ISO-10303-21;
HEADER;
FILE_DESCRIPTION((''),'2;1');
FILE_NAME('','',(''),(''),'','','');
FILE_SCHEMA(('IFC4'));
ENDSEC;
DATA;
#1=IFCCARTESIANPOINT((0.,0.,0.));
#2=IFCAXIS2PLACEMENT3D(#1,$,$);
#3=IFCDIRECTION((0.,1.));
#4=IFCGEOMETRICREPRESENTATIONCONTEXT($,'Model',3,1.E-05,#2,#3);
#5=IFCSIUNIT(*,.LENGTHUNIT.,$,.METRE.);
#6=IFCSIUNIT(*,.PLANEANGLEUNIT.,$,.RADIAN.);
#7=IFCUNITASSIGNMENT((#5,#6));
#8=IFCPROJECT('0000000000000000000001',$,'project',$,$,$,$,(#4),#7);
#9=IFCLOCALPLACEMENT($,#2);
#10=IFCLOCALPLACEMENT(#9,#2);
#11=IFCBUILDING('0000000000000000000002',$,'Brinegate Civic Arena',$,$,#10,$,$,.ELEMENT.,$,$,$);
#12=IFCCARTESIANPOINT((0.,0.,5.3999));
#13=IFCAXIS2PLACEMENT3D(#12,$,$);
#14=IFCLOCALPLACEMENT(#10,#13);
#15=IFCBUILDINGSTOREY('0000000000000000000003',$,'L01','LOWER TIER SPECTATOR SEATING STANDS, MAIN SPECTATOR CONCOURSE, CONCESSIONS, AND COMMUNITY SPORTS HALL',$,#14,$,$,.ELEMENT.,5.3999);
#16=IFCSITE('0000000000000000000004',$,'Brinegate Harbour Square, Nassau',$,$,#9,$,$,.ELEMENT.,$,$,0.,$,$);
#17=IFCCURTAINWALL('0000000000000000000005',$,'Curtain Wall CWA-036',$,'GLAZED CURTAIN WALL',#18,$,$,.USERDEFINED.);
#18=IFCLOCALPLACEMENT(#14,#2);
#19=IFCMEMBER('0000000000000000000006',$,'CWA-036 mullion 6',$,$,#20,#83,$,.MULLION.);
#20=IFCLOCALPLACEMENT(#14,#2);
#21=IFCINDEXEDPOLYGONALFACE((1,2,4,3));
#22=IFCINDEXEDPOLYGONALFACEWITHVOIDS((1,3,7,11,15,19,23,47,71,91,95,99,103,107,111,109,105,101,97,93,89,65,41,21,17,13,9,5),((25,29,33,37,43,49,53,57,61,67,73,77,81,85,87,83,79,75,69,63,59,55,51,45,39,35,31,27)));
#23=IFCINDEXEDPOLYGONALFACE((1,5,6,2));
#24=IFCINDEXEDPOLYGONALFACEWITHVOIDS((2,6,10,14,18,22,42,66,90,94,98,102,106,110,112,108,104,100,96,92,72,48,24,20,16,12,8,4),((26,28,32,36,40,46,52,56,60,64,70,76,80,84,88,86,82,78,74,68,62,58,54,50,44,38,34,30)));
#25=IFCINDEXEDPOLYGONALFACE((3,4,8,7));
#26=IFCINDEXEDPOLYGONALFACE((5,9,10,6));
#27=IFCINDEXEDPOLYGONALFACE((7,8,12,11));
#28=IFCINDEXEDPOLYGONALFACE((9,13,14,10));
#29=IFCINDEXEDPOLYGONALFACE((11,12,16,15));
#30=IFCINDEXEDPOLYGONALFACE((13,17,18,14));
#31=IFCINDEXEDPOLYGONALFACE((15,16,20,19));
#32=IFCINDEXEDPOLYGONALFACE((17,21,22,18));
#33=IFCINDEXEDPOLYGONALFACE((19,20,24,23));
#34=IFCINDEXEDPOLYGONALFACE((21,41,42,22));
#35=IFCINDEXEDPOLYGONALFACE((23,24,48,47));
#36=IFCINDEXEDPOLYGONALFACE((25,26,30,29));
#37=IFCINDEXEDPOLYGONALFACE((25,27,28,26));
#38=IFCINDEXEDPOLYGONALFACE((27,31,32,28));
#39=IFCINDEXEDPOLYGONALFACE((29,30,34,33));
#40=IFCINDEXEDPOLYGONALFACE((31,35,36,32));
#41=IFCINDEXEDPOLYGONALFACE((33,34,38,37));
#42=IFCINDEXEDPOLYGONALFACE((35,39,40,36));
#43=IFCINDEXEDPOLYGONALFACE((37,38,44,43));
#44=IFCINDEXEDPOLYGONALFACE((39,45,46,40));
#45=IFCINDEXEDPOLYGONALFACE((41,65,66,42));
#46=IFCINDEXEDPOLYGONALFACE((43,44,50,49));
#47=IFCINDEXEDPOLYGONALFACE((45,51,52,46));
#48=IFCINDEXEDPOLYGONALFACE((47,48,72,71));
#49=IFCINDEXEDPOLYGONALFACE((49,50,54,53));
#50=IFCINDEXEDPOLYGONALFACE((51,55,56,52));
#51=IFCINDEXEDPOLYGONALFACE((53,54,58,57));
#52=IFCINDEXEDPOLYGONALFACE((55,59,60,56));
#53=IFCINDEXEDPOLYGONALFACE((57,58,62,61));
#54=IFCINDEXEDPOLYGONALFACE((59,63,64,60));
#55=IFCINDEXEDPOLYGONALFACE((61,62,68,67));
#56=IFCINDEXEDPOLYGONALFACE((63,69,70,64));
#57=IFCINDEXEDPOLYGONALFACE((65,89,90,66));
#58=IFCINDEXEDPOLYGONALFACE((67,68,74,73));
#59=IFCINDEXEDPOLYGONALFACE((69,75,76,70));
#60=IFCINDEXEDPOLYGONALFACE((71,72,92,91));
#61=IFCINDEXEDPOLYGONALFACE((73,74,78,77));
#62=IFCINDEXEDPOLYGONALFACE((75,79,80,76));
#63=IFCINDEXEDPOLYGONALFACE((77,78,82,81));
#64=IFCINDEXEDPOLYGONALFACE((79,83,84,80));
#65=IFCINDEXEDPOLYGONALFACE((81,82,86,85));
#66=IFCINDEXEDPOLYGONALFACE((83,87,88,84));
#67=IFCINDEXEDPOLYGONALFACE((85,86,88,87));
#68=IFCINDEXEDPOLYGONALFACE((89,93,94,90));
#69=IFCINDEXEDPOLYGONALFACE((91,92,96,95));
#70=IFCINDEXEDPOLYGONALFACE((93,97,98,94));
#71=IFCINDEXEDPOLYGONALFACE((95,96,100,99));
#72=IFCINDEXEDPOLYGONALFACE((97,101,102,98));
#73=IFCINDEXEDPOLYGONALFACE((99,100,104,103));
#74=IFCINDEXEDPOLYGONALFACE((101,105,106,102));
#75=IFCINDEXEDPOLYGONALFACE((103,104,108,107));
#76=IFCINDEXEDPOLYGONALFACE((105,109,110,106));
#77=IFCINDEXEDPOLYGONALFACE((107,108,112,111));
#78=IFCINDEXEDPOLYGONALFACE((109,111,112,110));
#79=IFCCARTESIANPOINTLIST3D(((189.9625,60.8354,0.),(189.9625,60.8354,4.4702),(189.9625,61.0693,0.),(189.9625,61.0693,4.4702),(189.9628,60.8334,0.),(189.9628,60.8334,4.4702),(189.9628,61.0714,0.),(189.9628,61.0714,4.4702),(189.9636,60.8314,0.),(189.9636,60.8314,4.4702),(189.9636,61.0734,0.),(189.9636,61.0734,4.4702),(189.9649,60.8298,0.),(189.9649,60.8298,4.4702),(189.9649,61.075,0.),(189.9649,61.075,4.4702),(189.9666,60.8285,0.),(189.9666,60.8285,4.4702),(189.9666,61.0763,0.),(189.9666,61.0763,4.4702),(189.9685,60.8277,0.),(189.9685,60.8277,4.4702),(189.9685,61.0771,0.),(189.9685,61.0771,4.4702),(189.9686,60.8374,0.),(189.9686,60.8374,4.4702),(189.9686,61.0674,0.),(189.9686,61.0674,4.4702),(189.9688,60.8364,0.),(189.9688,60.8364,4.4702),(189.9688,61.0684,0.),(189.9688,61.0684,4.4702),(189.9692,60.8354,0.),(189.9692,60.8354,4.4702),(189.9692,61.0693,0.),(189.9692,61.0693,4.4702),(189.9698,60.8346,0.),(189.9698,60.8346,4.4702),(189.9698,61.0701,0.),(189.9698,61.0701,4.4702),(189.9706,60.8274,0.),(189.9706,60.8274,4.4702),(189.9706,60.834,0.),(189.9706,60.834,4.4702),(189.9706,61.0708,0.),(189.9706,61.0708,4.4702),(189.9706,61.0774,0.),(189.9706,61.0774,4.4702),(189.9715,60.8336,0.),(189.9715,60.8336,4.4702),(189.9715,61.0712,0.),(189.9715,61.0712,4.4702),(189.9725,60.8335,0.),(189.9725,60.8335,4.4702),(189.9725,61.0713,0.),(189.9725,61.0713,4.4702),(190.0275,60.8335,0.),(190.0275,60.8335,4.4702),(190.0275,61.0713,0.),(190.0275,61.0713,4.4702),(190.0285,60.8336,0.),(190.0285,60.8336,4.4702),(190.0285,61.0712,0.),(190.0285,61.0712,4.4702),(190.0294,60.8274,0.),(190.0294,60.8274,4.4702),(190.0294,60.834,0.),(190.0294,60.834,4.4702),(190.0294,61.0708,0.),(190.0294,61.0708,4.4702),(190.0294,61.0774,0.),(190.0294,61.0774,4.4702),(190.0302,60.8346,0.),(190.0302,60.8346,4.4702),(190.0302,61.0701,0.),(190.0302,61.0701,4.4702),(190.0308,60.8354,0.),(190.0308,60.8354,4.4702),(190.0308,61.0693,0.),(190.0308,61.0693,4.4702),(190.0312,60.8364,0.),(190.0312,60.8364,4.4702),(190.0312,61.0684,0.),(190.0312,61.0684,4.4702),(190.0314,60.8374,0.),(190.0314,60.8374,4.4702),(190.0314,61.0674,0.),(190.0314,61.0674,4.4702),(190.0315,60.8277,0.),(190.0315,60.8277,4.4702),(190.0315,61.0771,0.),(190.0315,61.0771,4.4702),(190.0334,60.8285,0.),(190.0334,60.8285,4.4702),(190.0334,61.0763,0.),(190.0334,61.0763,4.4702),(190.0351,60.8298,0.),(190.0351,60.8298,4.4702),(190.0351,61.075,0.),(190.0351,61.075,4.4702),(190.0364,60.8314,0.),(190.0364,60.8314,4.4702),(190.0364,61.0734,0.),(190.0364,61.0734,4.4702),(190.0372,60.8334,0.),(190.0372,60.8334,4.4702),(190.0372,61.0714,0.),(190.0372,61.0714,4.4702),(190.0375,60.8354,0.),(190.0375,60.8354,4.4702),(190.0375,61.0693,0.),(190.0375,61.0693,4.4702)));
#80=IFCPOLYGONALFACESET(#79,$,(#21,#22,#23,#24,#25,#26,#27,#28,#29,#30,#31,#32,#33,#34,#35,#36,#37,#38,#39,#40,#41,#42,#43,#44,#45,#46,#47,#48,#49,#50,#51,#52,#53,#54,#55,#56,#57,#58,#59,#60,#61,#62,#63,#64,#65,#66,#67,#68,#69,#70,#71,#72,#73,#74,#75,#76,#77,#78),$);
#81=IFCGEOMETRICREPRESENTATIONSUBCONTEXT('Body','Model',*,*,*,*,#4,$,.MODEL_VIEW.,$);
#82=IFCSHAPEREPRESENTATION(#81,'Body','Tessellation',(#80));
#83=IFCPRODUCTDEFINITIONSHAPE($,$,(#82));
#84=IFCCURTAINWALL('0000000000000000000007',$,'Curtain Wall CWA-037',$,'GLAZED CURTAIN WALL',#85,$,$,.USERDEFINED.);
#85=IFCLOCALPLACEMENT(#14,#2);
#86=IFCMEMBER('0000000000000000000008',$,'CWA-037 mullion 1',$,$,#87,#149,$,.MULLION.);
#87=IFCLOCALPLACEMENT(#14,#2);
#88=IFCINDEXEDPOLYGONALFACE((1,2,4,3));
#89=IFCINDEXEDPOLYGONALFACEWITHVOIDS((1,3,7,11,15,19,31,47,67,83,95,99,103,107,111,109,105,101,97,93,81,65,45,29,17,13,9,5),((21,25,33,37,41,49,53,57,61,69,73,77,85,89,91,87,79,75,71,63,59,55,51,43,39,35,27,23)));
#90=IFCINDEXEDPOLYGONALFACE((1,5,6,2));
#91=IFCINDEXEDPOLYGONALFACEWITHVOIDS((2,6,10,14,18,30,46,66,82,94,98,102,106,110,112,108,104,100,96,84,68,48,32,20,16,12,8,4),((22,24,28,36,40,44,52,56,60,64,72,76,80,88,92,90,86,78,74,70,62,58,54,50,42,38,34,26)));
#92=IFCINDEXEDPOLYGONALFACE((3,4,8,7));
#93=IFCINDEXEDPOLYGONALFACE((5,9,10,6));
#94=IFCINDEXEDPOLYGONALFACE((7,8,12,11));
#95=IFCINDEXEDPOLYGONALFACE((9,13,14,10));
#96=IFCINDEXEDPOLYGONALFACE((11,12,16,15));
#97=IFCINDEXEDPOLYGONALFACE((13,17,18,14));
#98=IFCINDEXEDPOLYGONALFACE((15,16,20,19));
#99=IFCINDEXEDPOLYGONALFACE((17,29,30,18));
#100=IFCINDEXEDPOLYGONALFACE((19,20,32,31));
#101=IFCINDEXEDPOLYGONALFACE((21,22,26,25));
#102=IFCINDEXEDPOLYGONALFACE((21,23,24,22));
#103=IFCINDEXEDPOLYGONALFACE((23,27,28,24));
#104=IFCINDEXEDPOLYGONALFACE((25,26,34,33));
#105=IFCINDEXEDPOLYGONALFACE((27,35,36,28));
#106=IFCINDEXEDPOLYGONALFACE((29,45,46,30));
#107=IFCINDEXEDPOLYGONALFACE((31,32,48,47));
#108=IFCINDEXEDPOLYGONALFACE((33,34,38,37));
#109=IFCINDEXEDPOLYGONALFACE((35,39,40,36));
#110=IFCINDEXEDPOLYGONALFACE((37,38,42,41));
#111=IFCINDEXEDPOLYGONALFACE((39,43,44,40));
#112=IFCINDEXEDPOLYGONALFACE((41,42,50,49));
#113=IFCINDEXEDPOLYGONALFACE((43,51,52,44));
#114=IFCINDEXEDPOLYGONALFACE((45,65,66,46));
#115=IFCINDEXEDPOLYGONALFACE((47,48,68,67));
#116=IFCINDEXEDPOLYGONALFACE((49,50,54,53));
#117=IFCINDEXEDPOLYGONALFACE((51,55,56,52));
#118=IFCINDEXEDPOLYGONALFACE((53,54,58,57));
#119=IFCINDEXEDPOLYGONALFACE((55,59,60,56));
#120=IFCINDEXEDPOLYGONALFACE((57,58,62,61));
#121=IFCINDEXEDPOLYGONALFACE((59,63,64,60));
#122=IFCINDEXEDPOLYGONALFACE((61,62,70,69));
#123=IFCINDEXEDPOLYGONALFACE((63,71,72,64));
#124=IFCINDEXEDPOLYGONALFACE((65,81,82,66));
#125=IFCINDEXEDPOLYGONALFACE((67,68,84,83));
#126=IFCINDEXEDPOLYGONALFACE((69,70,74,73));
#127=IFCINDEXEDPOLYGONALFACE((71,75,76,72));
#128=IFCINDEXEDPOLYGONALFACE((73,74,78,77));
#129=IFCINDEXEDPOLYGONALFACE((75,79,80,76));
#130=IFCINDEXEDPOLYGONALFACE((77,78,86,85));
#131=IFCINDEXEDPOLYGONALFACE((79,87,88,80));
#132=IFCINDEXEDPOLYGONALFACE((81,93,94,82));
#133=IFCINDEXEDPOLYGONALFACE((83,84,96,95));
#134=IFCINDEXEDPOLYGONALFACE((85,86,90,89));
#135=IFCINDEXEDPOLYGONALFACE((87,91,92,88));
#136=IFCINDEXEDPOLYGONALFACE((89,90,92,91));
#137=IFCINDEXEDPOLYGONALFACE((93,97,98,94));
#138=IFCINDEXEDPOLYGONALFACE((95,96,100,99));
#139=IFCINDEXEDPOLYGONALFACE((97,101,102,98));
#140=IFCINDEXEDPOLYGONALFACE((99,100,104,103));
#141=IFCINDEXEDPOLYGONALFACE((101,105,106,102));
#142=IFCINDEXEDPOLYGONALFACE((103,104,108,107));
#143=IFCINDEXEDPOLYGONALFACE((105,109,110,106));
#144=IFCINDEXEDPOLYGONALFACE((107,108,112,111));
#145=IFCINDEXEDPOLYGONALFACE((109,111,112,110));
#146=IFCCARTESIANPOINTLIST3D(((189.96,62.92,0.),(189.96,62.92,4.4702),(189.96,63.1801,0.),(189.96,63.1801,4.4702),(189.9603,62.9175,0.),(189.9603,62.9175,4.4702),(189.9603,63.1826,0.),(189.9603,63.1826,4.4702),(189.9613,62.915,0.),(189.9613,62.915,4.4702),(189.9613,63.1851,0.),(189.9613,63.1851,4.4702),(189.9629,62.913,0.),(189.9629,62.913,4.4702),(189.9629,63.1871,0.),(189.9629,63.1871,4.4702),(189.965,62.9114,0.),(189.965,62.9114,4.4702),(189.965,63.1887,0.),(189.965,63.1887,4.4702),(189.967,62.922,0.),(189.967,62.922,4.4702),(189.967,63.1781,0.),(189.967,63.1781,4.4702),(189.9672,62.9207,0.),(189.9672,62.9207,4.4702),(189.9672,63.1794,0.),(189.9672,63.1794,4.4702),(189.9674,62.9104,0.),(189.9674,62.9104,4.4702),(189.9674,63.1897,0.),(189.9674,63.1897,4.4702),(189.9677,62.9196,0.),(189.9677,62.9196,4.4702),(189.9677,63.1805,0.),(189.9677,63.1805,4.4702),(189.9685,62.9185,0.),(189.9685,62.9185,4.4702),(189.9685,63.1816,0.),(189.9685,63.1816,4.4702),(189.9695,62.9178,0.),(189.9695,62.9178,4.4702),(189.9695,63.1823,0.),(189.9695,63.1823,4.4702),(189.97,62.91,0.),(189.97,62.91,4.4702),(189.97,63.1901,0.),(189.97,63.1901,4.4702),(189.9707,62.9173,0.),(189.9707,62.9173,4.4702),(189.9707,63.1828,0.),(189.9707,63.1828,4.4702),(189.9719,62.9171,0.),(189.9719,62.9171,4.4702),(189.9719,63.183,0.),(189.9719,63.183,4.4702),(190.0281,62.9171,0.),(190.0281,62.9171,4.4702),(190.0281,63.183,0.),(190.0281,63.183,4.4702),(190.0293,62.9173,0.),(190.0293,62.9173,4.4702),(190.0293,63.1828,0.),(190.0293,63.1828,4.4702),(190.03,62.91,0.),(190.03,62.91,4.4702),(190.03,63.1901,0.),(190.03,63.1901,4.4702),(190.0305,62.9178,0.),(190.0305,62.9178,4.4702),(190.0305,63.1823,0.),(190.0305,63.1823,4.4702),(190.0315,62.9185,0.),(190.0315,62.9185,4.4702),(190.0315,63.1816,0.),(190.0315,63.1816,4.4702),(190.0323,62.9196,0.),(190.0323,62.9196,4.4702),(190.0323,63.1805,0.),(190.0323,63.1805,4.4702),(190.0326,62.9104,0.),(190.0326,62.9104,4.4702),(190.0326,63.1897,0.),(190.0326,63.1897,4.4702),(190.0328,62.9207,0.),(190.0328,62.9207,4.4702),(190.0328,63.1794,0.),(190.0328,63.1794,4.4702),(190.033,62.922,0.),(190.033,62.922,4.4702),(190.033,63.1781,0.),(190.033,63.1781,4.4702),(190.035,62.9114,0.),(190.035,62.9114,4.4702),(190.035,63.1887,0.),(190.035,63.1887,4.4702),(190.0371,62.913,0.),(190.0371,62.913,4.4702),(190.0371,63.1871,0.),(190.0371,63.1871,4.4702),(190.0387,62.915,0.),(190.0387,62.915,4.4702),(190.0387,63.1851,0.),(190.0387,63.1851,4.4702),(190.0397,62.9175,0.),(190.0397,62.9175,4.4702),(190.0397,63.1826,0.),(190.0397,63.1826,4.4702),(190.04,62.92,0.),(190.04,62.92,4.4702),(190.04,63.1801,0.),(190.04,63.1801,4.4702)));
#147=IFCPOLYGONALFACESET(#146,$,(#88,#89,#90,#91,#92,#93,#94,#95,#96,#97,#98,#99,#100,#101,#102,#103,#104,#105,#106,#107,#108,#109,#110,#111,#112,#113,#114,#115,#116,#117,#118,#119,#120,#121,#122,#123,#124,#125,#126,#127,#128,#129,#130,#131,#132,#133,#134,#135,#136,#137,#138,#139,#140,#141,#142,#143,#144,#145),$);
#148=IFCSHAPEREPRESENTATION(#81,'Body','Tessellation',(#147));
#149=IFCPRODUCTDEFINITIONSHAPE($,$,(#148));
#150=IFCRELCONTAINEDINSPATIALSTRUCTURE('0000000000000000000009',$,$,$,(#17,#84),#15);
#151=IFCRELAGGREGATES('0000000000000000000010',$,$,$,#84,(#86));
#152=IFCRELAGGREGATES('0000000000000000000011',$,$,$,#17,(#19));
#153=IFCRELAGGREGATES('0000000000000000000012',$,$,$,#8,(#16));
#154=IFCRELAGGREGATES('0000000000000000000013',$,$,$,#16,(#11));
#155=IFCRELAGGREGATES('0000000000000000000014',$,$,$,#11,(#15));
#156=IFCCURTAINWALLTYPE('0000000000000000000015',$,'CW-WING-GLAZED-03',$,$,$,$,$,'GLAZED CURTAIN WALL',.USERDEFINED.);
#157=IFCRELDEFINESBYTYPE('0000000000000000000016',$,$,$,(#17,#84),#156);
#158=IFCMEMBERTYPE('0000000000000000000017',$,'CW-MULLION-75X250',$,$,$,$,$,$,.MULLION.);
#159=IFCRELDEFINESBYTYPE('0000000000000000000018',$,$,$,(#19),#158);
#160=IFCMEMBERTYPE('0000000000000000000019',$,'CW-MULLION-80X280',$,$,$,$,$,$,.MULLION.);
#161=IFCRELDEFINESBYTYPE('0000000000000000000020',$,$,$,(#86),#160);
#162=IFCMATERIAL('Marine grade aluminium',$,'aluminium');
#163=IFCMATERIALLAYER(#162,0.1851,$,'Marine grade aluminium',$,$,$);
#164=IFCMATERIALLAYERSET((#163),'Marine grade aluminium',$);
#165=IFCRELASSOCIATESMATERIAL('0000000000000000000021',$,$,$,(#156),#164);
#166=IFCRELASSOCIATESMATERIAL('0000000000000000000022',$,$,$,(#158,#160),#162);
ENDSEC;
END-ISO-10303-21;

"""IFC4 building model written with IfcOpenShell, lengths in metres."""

from ifc_helpers import new_model, si_unit, direction, frame, origin, origin_2d, place, context, subcontext, project, spatial, hollow_rectangle, extrude, material, layer, layer_set, material_profile, profile_set, type_object, element, aggregate, save


model = new_model("IFC4")

# Units and contexts
model_context = context("Model", 3, precision=1e-05, world=origin(), true_north=direction((0.0, 1.0)))
body_context = subcontext(model_context, "Body", "Model", "MODEL_VIEW")
ifc_project = project(units=[si_unit("LENGTHUNIT", "METRE"), si_unit("PLANEANGLEUNIT", "RADIAN")], contexts=[model_context])

# Site, building, storey
site_placement = place(None, origin())
site = spatial("IfcSite", under=ifc_project, at=site_placement, Name="Brinegate Harbour Square, Nassau", CompositionType="ELEMENT", RefElevation=0.0)
building_placement = place(site_placement, origin())
building = spatial("IfcBuilding", under=site, at=building_placement, Name="Brinegate Civic Arena", CompositionType="ELEMENT")
storey_placement = place(building_placement, frame((0.0, 0.0, 5.3999)))
storey = spatial("IfcBuildingStorey", under=building, at=storey_placement, Name="L01", Description="LOWER TIER SPECTATOR SEATING STANDS, MAIN SPECTATOR CONCOURSE, CONCESSIONS, AND COMMUNITY SPORTS HALL", CompositionType="ELEMENT", Elevation=5.3999)

# Curtain wall, member
ifc_material_1 = material(Name="Marine grade aluminium", Category="aluminium")
ifc_layer_1 = layer(ifc_material_1, 0.1851, Name="Marine grade aluminium")
ifc_layer_set_1 = layer_set([ifc_layer_1], Name="Marine grade aluminium")
curtain_wall_type = type_object("IfcCurtainWallType", Name="CW-WING-GLAZED-03", ElementType="GLAZED CURTAIN WALL", PredefinedType="USERDEFINED", material=ifc_layer_set_1)
curtain_wall_1_placement = place(storey_placement, origin())
curtain_wall_1 = element("IfcCurtainWall", 1, at=curtain_wall_1_placement, inside=storey, type_object=curtain_wall_type, Name="Curtain Wall CWA-036", ObjectType="GLAZED CURTAIN WALL", PredefinedType="USERDEFINED")
ifc_material_profile_1 = material_profile(ifc_material_1, hollow_rectangle(XDim=0.075, YDim=0.25, WallThickness=0.0061, InnerFilletRadius=0.0039, OuterFilletRadius=0.0081, at=origin_2d()), Name="MUL75X250")
ifc_profile_set_1 = profile_set([ifc_material_profile_1], Name="Marine grade aluminium")
member_type_1 = type_object("IfcMemberType", Name="CW-MULLION-75X250", PredefinedType="MULLION", material=ifc_profile_set_1)
member_1_placement = place(storey_placement, frame((190.0, 60.9524, 0.0), z_axis=(0.0, 0.0, 1.0), x_axis=(-1.0, 0.0, 0.0)))
member_1 = element("IfcMember", 2, at=member_1_placement, type_object=member_type_1, Name="CWA-036 mullion 6", PredefinedType="MULLION", context=body_context, shape_type="SweptSolid", body=[
    extrude(hollow_rectangle(XDim=0.075, YDim=0.25, WallThickness=0.0061, InnerFilletRadius=0.0039, OuterFilletRadius=0.0081, at=origin_2d()), origin(), (0.0, 0.0, 1.0), 4.4702),
])

# Curtain wall, member
curtain_wall_2_placement = place(storey_placement, origin())
curtain_wall_2 = element("IfcCurtainWall", 3, at=curtain_wall_2_placement, inside=storey, type_object=curtain_wall_type, Name="Curtain Wall CWA-037", ObjectType="GLAZED CURTAIN WALL", PredefinedType="USERDEFINED")
ifc_material_profile_2 = material_profile(ifc_material_1, hollow_rectangle(XDim=0.0801, YDim=0.28, WallThickness=0.0071, InnerFilletRadius=0.0049, OuterFilletRadius=0.01, at=origin_2d()), Name="MUL80X280")
ifc_profile_set_2 = profile_set([ifc_material_profile_2], Name="Marine grade aluminium")
member_type_2 = type_object("IfcMemberType", Name="CW-MULLION-80X280", PredefinedType="MULLION", material=ifc_profile_set_2)
member_2_placement = place(storey_placement, frame((190.0, 63.05, 0.0), z_axis=(0.0, 0.0, 1.0), x_axis=(-1.0, 0.0, 0.0)))
member_2 = element("IfcMember", 4, at=member_2_placement, type_object=member_type_2, Name="CWA-037 mullion 1", PredefinedType="MULLION", context=body_context, shape_type="SweptSolid", body=[
    extrude(hollow_rectangle(XDim=0.0801, YDim=0.28, WallThickness=0.0071, InnerFilletRadius=0.0049, OuterFilletRadius=0.01, at=origin_2d()), origin(), (0.0, 0.0, 1.0), 4.4702),
])

aggregate(curtain_wall_2, [member_2])

aggregate(curtain_wall_1, [member_1])

save(model, "model.ifc")
